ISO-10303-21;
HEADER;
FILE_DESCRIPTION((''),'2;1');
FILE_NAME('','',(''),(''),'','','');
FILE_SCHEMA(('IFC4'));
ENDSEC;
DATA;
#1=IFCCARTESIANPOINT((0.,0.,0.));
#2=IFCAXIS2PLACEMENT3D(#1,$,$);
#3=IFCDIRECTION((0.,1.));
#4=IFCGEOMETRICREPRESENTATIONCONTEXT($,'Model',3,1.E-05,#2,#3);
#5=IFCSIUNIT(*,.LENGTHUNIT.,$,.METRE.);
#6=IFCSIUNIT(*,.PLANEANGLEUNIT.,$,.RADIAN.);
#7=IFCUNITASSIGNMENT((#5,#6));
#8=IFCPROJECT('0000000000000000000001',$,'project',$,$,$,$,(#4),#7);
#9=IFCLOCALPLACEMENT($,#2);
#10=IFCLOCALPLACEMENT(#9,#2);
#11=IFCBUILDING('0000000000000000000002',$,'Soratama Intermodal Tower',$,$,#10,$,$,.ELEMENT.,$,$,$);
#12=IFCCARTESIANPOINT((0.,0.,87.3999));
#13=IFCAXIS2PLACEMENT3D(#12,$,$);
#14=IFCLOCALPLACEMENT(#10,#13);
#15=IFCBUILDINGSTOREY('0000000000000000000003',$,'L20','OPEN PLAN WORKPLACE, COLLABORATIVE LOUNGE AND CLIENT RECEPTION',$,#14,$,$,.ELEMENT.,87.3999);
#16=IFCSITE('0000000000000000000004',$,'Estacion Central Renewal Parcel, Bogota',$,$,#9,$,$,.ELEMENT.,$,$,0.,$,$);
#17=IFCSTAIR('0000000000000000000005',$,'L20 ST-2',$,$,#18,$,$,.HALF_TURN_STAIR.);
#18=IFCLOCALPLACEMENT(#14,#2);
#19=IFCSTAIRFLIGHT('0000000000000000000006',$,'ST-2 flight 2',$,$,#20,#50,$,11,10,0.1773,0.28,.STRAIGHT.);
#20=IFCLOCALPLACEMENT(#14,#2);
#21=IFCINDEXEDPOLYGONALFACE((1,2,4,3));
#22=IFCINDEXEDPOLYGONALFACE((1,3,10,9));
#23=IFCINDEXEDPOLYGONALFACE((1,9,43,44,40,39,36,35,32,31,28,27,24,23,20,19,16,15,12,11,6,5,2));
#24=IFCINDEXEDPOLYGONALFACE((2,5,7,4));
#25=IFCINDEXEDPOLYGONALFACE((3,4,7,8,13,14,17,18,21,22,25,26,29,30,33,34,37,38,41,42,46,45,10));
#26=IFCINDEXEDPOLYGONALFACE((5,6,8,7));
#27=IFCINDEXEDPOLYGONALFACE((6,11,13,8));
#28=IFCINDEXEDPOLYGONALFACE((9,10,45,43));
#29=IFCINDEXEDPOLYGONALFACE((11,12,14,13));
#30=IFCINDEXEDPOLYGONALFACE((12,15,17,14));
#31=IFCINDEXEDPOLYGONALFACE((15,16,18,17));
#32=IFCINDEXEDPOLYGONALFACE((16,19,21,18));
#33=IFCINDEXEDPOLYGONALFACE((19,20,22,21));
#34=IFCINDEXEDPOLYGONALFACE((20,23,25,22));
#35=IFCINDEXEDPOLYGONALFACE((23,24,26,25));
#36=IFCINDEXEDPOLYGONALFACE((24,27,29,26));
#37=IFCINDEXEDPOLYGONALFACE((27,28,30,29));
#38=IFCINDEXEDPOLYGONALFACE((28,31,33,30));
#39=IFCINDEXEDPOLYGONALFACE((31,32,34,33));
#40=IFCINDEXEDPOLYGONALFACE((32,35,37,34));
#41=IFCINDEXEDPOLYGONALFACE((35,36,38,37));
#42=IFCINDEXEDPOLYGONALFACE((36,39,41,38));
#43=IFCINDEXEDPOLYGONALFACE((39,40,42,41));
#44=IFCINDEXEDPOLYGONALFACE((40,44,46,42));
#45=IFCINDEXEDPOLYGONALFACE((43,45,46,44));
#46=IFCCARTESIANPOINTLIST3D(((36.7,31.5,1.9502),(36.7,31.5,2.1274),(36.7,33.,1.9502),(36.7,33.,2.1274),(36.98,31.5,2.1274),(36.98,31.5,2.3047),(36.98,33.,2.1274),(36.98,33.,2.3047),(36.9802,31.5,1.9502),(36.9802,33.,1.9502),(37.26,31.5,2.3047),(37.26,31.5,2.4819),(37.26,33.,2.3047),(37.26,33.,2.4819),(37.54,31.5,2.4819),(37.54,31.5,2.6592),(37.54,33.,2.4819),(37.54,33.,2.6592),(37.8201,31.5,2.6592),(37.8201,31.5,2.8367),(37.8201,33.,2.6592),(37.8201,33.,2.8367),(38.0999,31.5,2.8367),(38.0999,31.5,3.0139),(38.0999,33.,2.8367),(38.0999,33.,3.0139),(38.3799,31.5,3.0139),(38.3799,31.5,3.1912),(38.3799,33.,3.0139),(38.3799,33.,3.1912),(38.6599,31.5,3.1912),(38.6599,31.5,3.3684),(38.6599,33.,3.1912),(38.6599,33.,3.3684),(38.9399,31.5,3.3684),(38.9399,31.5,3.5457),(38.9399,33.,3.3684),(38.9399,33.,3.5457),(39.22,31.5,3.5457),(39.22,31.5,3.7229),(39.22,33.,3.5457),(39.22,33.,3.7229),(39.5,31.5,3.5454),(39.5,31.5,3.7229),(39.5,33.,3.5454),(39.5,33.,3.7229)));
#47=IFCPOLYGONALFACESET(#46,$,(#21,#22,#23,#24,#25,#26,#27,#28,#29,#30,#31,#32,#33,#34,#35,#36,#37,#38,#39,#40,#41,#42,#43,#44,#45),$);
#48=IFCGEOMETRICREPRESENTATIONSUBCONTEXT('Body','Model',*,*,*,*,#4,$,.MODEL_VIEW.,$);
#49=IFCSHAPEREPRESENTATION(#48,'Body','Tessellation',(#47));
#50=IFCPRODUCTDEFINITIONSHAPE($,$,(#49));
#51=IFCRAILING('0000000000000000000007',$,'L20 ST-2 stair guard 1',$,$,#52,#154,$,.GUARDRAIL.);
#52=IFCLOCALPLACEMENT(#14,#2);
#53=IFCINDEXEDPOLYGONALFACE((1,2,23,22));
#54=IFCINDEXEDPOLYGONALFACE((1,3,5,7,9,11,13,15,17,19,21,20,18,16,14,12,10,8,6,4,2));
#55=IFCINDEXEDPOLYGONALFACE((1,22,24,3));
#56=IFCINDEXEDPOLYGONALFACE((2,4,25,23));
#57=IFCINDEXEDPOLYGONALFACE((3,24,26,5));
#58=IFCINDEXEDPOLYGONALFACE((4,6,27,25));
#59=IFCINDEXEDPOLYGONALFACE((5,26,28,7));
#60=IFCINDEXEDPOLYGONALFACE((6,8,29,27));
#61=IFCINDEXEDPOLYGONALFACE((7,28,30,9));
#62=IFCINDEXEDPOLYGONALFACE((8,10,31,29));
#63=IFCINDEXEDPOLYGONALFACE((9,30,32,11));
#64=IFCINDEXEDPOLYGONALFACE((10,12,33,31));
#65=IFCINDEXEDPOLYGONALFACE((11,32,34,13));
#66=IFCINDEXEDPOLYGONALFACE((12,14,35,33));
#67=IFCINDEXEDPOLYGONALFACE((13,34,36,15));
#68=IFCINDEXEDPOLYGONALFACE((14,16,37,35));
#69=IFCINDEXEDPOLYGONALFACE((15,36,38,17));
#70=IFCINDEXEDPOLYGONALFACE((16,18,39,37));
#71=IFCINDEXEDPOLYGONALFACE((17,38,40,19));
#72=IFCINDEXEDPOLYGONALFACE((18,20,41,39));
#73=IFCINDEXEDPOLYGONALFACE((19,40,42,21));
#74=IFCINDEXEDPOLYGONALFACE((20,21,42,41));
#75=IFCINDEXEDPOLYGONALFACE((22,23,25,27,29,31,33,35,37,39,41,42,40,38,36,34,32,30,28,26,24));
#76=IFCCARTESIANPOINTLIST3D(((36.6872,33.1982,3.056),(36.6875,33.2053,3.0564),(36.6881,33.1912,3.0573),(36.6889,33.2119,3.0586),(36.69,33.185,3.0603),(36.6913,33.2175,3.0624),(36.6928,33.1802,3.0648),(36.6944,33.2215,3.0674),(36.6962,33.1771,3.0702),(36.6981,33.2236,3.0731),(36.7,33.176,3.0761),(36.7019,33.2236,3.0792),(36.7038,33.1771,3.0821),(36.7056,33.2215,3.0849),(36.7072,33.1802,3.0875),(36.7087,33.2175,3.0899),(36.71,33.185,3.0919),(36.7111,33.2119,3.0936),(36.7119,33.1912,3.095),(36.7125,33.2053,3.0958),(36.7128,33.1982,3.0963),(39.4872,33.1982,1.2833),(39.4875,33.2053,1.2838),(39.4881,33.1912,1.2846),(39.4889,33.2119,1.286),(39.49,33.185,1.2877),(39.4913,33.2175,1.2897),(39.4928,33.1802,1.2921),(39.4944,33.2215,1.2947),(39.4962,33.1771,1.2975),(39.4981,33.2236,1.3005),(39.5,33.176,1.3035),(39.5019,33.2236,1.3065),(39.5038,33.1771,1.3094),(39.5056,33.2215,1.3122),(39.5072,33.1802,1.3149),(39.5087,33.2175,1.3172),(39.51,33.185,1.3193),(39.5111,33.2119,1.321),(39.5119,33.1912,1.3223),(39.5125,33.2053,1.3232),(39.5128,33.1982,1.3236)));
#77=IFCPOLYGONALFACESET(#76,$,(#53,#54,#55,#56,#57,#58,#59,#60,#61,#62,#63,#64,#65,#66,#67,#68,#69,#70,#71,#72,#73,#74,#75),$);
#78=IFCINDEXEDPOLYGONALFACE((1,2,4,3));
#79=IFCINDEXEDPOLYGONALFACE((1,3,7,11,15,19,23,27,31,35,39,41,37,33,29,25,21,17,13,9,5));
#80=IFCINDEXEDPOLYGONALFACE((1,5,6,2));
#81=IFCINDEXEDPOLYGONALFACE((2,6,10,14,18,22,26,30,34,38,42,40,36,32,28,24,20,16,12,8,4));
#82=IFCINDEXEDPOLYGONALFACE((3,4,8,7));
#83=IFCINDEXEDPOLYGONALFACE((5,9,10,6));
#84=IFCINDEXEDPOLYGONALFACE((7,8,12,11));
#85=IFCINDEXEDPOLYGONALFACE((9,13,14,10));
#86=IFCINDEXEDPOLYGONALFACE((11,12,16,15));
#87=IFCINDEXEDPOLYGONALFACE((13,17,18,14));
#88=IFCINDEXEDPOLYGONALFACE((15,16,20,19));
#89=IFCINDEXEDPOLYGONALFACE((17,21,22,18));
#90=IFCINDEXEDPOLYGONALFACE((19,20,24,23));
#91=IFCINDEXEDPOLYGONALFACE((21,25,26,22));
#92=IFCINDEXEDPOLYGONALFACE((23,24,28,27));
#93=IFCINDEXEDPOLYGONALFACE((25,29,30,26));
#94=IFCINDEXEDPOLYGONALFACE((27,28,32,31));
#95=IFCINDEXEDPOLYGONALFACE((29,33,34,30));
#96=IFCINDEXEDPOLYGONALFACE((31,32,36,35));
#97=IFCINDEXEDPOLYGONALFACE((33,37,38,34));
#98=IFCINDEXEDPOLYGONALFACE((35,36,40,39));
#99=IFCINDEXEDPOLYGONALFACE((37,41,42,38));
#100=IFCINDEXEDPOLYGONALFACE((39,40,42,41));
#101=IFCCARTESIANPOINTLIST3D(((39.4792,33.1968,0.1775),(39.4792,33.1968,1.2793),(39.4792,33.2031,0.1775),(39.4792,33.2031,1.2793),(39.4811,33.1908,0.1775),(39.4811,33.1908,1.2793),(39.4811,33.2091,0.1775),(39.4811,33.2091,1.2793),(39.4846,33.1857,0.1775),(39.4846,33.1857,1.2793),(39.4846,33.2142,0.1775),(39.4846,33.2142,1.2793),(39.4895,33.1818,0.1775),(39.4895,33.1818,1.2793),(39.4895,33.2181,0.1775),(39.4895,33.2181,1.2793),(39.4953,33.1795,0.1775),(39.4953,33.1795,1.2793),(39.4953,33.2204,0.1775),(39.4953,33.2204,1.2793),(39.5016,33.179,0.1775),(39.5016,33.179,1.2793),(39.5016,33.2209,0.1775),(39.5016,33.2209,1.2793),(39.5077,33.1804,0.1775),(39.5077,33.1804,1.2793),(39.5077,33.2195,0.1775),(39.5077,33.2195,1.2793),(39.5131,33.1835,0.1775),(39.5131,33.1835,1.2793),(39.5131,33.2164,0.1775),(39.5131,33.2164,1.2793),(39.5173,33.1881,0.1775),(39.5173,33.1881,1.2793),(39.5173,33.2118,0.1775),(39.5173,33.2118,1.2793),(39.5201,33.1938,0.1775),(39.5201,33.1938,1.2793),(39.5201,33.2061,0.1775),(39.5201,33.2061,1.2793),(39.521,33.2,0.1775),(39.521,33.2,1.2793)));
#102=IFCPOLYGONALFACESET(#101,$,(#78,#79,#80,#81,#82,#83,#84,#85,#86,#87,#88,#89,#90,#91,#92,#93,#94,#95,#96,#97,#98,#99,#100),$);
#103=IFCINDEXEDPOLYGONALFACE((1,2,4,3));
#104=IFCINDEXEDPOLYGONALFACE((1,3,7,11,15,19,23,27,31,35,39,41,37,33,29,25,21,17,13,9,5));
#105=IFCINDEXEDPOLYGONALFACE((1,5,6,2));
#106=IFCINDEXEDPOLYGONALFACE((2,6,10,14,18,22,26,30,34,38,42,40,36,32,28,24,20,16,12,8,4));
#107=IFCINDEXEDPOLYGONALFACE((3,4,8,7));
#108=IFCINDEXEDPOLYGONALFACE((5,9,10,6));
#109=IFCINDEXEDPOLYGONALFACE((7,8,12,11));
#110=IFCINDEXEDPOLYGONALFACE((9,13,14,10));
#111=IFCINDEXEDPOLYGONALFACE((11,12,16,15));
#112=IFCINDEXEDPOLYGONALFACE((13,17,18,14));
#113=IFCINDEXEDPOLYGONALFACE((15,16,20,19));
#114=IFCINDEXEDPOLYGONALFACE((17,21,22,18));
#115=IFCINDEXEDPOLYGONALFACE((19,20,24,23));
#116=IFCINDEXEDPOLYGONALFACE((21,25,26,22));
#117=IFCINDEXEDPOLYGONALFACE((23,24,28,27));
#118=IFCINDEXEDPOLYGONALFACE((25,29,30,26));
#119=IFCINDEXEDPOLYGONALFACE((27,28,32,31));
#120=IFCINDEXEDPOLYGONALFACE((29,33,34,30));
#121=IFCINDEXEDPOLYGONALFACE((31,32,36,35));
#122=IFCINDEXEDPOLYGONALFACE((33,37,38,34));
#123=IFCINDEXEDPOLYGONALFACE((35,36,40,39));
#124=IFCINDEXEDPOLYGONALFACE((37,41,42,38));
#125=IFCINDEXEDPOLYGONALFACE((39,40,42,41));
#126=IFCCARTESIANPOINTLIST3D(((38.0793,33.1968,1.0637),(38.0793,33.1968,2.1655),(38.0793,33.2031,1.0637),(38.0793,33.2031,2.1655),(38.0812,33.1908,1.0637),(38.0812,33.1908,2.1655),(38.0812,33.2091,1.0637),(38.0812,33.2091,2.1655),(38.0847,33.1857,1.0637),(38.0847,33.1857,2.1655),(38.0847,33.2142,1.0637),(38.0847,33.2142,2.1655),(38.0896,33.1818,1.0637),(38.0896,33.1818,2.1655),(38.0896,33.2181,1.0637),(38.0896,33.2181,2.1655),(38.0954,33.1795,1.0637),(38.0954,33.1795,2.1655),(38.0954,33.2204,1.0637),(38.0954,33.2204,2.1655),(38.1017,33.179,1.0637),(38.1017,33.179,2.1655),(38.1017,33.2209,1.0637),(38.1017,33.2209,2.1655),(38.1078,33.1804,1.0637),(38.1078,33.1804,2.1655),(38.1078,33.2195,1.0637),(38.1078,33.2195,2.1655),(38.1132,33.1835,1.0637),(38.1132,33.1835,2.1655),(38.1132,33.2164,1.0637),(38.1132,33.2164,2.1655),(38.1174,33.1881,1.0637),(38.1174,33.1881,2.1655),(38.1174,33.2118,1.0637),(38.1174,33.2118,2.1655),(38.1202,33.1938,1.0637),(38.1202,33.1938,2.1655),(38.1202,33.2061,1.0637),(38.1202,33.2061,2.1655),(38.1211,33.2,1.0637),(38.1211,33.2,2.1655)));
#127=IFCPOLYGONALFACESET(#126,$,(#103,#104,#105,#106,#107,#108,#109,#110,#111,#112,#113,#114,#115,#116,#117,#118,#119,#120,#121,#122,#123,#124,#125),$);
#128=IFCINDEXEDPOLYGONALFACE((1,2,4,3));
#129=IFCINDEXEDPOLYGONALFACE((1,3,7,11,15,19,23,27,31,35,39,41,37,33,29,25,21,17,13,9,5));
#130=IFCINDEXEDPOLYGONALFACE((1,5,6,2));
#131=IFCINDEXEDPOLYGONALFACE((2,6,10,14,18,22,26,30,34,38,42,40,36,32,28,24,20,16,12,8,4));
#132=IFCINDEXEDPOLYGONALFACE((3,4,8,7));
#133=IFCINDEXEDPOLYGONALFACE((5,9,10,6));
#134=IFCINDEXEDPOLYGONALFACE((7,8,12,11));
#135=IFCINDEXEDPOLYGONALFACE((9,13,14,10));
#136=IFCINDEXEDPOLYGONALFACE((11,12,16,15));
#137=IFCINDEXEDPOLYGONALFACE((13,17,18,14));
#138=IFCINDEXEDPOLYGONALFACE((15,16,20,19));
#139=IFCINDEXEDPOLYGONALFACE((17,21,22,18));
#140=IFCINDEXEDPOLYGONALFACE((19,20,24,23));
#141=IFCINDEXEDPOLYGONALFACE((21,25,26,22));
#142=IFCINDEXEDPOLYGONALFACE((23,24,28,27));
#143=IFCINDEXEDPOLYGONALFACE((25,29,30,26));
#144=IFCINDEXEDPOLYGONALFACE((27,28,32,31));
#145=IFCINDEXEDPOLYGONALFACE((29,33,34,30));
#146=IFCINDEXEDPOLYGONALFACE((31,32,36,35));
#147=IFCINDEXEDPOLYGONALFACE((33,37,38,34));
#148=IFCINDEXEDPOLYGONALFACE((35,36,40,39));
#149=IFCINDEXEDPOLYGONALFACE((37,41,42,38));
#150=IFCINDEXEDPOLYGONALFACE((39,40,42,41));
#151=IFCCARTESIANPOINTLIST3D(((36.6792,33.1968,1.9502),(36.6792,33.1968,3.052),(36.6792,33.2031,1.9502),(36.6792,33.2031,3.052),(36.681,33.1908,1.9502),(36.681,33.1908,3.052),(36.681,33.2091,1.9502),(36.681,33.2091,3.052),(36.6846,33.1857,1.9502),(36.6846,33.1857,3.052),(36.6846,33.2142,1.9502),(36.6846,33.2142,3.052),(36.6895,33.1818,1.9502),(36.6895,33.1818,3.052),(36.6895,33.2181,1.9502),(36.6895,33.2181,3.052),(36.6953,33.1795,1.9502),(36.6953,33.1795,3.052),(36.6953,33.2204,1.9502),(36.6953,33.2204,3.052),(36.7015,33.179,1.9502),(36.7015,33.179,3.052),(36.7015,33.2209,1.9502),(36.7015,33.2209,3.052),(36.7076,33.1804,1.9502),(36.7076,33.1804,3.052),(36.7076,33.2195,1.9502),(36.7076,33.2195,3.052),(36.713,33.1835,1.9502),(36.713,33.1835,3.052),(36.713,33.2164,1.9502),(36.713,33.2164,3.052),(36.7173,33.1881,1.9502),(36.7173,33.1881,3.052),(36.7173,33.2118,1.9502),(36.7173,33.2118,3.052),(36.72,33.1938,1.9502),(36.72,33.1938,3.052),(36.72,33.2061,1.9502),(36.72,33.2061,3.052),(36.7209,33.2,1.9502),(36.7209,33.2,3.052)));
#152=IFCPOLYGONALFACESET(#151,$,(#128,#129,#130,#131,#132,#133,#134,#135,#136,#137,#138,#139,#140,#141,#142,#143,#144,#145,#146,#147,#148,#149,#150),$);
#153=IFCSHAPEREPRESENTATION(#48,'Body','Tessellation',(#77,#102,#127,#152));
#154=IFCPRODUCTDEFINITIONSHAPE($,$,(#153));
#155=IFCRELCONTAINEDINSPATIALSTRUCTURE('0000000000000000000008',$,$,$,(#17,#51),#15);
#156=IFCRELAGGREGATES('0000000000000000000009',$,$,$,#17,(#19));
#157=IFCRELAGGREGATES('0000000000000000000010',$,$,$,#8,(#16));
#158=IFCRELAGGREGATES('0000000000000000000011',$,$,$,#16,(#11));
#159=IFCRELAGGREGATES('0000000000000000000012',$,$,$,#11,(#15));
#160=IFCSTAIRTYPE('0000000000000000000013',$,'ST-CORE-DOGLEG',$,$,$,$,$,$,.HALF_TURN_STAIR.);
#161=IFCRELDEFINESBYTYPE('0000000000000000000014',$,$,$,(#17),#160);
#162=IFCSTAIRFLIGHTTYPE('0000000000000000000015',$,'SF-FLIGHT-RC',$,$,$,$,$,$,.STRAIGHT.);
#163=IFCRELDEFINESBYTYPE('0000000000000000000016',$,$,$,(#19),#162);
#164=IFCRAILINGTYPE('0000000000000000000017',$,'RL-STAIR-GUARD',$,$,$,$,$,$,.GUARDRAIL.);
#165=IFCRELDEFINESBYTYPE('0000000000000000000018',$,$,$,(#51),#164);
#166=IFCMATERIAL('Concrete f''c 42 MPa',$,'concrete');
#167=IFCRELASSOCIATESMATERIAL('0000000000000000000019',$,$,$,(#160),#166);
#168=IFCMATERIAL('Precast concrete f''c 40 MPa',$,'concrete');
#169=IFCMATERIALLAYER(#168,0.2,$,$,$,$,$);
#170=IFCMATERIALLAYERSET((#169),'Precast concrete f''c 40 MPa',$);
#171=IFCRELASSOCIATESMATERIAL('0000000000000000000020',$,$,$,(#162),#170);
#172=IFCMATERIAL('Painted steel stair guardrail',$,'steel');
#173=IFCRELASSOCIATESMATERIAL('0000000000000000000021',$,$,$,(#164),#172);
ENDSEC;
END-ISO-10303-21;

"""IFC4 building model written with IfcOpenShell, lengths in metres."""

from ifc_helpers import new_model, si_unit, direction, frame, origin, origin_2d, place, context, subcontext, project, spatial, polyline, circle, outline, extrude, material, layer, layer_set, type_object, element, aggregate, save


model = new_model("IFC4")

# Units and contexts
model_context = context("Model", 3, precision=1e-05, world=origin(), true_north=direction((0.0, 1.0)))
body_context = subcontext(model_context, "Body", "Model", "MODEL_VIEW")
ifc_project = project(units=[si_unit("LENGTHUNIT", "METRE"), si_unit("PLANEANGLEUNIT", "RADIAN")], contexts=[model_context])

# Site, building, storey
site_placement = place(None, origin())
site = spatial("IfcSite", under=ifc_project, at=site_placement, Name="Estacion Central Renewal Parcel, Bogota", CompositionType="ELEMENT", RefElevation=0.0)
building_placement = place(site_placement, origin())
building = spatial("IfcBuilding", under=site, at=building_placement, Name="Soratama Intermodal Tower", CompositionType="ELEMENT")
storey_placement = place(building_placement, frame((0.0, 0.0, 87.3999)))
storey = spatial("IfcBuildingStorey", under=building, at=storey_placement, Name="L20", Description="OPEN PLAN WORKPLACE, COLLABORATIVE LOUNGE AND CLIENT RECEPTION", CompositionType="ELEMENT", Elevation=87.3999)

# Stair, stair flight
ifc_material_1 = material(Name="Concrete f'c 42 MPa", Category="concrete")
stair_type = type_object("IfcStairType", Name="ST-CORE-DOGLEG", PredefinedType="HALF_TURN_STAIR", material=ifc_material_1)
stair_placement = place(storey_placement, origin())
stair = element("IfcStair", 1, at=stair_placement, inside=storey, type_object=stair_type, Name="L20 ST-2", PredefinedType="HALF_TURN_STAIR")
ifc_material_2 = material(Name="Precast concrete f'c 40 MPa", Category="concrete")
ifc_layer_1 = layer(ifc_material_2, 0.2)
ifc_layer_set_1 = layer_set([ifc_layer_1], Name="Precast concrete f'c 40 MPa")
stair_flight_type = type_object("IfcStairFlightType", Name="SF-FLIGHT-RC", PredefinedType="STRAIGHT", material=ifc_layer_set_1)
stair_flight_placement = place(storey_placement, frame((36.7, 32.25, 1.9502), z_axis=(0.0, 0.0, 1.0), x_axis=(1.0, 0.0, 0.0)))
stair_flight = element("IfcStairFlight", 2, at=stair_flight_placement, type_object=stair_flight_type, Name="ST-2 flight 2", NumberOfRisers=11, NumberOfTreads=10, PredefinedType="STRAIGHT", RiserHeight=0.1773, TreadLength=0.28, context=body_context, shape_type="SweptSolid", body=[
    extrude(outline(polyline([(0.0, 0.0), (0.0, 0.1772), (0.28, 0.1772), (0.28, 0.3545), (0.5601, 0.3545), (0.5601, 0.5317), (0.8401, 0.5317), (0.8401, 0.709), (1.1201, 0.709), (1.1201, 0.8865), (1.3999, 0.8865), (1.3999, 1.0637), (1.6799, 1.0637), (1.6799, 1.241), (1.96, 1.241), (1.96, 1.4182), (2.24, 1.4182), (2.24, 1.5955), (2.52, 1.5955), (2.52, 1.7727), (2.8, 1.7727), (2.8, 1.95), (2.8, 1.5952), (0.2803, 0.0), (0.0, 0.0)])), frame((0.0, 0.75, 0.0), z_axis=(0.0, -1.0, 0.0), x_axis=(1.0, 0.0, 0.0)), (0.0, 0.0, 1.0), 1.5),
])
aggregate(stair, [stair_flight])

# Railing
ifc_material_3 = material(Name="Painted steel stair guardrail", Category="steel")
railing_type_1 = type_object("IfcRailingType", Name="RL-STAIR-GUARD", PredefinedType="GUARDRAIL", material=ifc_material_3)
railing_1_placement = place(storey_placement, frame((39.5, 33.2, 0.1775)))
element("IfcRailing", 3, at=railing_1_placement, inside=storey, type_object=railing_type_1, Name="L20 ST-2 stair guard 1", PredefinedType="GUARDRAIL", context=body_context, shape_type="SweptSolid", body=[
    extrude(circle(Radius=0.0239, at=origin_2d()), frame((0.0, 0.0, 1.126), z_axis=(-0.844909, 0.0, 0.53491), x_axis=(0.0, -1.0, 0.0)), (0.0, 0.0, 1.0), 3.314),
    extrude(circle(Radius=0.021, at=origin_2d()), origin(), (0.0, 0.0, 1.0), 1.1018),
    extrude(circle(Radius=0.021, at=origin_2d()), frame((-1.3999, 0.0, 0.8862)), (0.0, 0.0, 1.0), 1.1018),
    extrude(circle(Radius=0.021, at=origin_2d()), frame((-2.8, 0.0, 1.7727)), (0.0, 0.0, 1.0), 1.1018),
])

save(model, "model.ifc")
